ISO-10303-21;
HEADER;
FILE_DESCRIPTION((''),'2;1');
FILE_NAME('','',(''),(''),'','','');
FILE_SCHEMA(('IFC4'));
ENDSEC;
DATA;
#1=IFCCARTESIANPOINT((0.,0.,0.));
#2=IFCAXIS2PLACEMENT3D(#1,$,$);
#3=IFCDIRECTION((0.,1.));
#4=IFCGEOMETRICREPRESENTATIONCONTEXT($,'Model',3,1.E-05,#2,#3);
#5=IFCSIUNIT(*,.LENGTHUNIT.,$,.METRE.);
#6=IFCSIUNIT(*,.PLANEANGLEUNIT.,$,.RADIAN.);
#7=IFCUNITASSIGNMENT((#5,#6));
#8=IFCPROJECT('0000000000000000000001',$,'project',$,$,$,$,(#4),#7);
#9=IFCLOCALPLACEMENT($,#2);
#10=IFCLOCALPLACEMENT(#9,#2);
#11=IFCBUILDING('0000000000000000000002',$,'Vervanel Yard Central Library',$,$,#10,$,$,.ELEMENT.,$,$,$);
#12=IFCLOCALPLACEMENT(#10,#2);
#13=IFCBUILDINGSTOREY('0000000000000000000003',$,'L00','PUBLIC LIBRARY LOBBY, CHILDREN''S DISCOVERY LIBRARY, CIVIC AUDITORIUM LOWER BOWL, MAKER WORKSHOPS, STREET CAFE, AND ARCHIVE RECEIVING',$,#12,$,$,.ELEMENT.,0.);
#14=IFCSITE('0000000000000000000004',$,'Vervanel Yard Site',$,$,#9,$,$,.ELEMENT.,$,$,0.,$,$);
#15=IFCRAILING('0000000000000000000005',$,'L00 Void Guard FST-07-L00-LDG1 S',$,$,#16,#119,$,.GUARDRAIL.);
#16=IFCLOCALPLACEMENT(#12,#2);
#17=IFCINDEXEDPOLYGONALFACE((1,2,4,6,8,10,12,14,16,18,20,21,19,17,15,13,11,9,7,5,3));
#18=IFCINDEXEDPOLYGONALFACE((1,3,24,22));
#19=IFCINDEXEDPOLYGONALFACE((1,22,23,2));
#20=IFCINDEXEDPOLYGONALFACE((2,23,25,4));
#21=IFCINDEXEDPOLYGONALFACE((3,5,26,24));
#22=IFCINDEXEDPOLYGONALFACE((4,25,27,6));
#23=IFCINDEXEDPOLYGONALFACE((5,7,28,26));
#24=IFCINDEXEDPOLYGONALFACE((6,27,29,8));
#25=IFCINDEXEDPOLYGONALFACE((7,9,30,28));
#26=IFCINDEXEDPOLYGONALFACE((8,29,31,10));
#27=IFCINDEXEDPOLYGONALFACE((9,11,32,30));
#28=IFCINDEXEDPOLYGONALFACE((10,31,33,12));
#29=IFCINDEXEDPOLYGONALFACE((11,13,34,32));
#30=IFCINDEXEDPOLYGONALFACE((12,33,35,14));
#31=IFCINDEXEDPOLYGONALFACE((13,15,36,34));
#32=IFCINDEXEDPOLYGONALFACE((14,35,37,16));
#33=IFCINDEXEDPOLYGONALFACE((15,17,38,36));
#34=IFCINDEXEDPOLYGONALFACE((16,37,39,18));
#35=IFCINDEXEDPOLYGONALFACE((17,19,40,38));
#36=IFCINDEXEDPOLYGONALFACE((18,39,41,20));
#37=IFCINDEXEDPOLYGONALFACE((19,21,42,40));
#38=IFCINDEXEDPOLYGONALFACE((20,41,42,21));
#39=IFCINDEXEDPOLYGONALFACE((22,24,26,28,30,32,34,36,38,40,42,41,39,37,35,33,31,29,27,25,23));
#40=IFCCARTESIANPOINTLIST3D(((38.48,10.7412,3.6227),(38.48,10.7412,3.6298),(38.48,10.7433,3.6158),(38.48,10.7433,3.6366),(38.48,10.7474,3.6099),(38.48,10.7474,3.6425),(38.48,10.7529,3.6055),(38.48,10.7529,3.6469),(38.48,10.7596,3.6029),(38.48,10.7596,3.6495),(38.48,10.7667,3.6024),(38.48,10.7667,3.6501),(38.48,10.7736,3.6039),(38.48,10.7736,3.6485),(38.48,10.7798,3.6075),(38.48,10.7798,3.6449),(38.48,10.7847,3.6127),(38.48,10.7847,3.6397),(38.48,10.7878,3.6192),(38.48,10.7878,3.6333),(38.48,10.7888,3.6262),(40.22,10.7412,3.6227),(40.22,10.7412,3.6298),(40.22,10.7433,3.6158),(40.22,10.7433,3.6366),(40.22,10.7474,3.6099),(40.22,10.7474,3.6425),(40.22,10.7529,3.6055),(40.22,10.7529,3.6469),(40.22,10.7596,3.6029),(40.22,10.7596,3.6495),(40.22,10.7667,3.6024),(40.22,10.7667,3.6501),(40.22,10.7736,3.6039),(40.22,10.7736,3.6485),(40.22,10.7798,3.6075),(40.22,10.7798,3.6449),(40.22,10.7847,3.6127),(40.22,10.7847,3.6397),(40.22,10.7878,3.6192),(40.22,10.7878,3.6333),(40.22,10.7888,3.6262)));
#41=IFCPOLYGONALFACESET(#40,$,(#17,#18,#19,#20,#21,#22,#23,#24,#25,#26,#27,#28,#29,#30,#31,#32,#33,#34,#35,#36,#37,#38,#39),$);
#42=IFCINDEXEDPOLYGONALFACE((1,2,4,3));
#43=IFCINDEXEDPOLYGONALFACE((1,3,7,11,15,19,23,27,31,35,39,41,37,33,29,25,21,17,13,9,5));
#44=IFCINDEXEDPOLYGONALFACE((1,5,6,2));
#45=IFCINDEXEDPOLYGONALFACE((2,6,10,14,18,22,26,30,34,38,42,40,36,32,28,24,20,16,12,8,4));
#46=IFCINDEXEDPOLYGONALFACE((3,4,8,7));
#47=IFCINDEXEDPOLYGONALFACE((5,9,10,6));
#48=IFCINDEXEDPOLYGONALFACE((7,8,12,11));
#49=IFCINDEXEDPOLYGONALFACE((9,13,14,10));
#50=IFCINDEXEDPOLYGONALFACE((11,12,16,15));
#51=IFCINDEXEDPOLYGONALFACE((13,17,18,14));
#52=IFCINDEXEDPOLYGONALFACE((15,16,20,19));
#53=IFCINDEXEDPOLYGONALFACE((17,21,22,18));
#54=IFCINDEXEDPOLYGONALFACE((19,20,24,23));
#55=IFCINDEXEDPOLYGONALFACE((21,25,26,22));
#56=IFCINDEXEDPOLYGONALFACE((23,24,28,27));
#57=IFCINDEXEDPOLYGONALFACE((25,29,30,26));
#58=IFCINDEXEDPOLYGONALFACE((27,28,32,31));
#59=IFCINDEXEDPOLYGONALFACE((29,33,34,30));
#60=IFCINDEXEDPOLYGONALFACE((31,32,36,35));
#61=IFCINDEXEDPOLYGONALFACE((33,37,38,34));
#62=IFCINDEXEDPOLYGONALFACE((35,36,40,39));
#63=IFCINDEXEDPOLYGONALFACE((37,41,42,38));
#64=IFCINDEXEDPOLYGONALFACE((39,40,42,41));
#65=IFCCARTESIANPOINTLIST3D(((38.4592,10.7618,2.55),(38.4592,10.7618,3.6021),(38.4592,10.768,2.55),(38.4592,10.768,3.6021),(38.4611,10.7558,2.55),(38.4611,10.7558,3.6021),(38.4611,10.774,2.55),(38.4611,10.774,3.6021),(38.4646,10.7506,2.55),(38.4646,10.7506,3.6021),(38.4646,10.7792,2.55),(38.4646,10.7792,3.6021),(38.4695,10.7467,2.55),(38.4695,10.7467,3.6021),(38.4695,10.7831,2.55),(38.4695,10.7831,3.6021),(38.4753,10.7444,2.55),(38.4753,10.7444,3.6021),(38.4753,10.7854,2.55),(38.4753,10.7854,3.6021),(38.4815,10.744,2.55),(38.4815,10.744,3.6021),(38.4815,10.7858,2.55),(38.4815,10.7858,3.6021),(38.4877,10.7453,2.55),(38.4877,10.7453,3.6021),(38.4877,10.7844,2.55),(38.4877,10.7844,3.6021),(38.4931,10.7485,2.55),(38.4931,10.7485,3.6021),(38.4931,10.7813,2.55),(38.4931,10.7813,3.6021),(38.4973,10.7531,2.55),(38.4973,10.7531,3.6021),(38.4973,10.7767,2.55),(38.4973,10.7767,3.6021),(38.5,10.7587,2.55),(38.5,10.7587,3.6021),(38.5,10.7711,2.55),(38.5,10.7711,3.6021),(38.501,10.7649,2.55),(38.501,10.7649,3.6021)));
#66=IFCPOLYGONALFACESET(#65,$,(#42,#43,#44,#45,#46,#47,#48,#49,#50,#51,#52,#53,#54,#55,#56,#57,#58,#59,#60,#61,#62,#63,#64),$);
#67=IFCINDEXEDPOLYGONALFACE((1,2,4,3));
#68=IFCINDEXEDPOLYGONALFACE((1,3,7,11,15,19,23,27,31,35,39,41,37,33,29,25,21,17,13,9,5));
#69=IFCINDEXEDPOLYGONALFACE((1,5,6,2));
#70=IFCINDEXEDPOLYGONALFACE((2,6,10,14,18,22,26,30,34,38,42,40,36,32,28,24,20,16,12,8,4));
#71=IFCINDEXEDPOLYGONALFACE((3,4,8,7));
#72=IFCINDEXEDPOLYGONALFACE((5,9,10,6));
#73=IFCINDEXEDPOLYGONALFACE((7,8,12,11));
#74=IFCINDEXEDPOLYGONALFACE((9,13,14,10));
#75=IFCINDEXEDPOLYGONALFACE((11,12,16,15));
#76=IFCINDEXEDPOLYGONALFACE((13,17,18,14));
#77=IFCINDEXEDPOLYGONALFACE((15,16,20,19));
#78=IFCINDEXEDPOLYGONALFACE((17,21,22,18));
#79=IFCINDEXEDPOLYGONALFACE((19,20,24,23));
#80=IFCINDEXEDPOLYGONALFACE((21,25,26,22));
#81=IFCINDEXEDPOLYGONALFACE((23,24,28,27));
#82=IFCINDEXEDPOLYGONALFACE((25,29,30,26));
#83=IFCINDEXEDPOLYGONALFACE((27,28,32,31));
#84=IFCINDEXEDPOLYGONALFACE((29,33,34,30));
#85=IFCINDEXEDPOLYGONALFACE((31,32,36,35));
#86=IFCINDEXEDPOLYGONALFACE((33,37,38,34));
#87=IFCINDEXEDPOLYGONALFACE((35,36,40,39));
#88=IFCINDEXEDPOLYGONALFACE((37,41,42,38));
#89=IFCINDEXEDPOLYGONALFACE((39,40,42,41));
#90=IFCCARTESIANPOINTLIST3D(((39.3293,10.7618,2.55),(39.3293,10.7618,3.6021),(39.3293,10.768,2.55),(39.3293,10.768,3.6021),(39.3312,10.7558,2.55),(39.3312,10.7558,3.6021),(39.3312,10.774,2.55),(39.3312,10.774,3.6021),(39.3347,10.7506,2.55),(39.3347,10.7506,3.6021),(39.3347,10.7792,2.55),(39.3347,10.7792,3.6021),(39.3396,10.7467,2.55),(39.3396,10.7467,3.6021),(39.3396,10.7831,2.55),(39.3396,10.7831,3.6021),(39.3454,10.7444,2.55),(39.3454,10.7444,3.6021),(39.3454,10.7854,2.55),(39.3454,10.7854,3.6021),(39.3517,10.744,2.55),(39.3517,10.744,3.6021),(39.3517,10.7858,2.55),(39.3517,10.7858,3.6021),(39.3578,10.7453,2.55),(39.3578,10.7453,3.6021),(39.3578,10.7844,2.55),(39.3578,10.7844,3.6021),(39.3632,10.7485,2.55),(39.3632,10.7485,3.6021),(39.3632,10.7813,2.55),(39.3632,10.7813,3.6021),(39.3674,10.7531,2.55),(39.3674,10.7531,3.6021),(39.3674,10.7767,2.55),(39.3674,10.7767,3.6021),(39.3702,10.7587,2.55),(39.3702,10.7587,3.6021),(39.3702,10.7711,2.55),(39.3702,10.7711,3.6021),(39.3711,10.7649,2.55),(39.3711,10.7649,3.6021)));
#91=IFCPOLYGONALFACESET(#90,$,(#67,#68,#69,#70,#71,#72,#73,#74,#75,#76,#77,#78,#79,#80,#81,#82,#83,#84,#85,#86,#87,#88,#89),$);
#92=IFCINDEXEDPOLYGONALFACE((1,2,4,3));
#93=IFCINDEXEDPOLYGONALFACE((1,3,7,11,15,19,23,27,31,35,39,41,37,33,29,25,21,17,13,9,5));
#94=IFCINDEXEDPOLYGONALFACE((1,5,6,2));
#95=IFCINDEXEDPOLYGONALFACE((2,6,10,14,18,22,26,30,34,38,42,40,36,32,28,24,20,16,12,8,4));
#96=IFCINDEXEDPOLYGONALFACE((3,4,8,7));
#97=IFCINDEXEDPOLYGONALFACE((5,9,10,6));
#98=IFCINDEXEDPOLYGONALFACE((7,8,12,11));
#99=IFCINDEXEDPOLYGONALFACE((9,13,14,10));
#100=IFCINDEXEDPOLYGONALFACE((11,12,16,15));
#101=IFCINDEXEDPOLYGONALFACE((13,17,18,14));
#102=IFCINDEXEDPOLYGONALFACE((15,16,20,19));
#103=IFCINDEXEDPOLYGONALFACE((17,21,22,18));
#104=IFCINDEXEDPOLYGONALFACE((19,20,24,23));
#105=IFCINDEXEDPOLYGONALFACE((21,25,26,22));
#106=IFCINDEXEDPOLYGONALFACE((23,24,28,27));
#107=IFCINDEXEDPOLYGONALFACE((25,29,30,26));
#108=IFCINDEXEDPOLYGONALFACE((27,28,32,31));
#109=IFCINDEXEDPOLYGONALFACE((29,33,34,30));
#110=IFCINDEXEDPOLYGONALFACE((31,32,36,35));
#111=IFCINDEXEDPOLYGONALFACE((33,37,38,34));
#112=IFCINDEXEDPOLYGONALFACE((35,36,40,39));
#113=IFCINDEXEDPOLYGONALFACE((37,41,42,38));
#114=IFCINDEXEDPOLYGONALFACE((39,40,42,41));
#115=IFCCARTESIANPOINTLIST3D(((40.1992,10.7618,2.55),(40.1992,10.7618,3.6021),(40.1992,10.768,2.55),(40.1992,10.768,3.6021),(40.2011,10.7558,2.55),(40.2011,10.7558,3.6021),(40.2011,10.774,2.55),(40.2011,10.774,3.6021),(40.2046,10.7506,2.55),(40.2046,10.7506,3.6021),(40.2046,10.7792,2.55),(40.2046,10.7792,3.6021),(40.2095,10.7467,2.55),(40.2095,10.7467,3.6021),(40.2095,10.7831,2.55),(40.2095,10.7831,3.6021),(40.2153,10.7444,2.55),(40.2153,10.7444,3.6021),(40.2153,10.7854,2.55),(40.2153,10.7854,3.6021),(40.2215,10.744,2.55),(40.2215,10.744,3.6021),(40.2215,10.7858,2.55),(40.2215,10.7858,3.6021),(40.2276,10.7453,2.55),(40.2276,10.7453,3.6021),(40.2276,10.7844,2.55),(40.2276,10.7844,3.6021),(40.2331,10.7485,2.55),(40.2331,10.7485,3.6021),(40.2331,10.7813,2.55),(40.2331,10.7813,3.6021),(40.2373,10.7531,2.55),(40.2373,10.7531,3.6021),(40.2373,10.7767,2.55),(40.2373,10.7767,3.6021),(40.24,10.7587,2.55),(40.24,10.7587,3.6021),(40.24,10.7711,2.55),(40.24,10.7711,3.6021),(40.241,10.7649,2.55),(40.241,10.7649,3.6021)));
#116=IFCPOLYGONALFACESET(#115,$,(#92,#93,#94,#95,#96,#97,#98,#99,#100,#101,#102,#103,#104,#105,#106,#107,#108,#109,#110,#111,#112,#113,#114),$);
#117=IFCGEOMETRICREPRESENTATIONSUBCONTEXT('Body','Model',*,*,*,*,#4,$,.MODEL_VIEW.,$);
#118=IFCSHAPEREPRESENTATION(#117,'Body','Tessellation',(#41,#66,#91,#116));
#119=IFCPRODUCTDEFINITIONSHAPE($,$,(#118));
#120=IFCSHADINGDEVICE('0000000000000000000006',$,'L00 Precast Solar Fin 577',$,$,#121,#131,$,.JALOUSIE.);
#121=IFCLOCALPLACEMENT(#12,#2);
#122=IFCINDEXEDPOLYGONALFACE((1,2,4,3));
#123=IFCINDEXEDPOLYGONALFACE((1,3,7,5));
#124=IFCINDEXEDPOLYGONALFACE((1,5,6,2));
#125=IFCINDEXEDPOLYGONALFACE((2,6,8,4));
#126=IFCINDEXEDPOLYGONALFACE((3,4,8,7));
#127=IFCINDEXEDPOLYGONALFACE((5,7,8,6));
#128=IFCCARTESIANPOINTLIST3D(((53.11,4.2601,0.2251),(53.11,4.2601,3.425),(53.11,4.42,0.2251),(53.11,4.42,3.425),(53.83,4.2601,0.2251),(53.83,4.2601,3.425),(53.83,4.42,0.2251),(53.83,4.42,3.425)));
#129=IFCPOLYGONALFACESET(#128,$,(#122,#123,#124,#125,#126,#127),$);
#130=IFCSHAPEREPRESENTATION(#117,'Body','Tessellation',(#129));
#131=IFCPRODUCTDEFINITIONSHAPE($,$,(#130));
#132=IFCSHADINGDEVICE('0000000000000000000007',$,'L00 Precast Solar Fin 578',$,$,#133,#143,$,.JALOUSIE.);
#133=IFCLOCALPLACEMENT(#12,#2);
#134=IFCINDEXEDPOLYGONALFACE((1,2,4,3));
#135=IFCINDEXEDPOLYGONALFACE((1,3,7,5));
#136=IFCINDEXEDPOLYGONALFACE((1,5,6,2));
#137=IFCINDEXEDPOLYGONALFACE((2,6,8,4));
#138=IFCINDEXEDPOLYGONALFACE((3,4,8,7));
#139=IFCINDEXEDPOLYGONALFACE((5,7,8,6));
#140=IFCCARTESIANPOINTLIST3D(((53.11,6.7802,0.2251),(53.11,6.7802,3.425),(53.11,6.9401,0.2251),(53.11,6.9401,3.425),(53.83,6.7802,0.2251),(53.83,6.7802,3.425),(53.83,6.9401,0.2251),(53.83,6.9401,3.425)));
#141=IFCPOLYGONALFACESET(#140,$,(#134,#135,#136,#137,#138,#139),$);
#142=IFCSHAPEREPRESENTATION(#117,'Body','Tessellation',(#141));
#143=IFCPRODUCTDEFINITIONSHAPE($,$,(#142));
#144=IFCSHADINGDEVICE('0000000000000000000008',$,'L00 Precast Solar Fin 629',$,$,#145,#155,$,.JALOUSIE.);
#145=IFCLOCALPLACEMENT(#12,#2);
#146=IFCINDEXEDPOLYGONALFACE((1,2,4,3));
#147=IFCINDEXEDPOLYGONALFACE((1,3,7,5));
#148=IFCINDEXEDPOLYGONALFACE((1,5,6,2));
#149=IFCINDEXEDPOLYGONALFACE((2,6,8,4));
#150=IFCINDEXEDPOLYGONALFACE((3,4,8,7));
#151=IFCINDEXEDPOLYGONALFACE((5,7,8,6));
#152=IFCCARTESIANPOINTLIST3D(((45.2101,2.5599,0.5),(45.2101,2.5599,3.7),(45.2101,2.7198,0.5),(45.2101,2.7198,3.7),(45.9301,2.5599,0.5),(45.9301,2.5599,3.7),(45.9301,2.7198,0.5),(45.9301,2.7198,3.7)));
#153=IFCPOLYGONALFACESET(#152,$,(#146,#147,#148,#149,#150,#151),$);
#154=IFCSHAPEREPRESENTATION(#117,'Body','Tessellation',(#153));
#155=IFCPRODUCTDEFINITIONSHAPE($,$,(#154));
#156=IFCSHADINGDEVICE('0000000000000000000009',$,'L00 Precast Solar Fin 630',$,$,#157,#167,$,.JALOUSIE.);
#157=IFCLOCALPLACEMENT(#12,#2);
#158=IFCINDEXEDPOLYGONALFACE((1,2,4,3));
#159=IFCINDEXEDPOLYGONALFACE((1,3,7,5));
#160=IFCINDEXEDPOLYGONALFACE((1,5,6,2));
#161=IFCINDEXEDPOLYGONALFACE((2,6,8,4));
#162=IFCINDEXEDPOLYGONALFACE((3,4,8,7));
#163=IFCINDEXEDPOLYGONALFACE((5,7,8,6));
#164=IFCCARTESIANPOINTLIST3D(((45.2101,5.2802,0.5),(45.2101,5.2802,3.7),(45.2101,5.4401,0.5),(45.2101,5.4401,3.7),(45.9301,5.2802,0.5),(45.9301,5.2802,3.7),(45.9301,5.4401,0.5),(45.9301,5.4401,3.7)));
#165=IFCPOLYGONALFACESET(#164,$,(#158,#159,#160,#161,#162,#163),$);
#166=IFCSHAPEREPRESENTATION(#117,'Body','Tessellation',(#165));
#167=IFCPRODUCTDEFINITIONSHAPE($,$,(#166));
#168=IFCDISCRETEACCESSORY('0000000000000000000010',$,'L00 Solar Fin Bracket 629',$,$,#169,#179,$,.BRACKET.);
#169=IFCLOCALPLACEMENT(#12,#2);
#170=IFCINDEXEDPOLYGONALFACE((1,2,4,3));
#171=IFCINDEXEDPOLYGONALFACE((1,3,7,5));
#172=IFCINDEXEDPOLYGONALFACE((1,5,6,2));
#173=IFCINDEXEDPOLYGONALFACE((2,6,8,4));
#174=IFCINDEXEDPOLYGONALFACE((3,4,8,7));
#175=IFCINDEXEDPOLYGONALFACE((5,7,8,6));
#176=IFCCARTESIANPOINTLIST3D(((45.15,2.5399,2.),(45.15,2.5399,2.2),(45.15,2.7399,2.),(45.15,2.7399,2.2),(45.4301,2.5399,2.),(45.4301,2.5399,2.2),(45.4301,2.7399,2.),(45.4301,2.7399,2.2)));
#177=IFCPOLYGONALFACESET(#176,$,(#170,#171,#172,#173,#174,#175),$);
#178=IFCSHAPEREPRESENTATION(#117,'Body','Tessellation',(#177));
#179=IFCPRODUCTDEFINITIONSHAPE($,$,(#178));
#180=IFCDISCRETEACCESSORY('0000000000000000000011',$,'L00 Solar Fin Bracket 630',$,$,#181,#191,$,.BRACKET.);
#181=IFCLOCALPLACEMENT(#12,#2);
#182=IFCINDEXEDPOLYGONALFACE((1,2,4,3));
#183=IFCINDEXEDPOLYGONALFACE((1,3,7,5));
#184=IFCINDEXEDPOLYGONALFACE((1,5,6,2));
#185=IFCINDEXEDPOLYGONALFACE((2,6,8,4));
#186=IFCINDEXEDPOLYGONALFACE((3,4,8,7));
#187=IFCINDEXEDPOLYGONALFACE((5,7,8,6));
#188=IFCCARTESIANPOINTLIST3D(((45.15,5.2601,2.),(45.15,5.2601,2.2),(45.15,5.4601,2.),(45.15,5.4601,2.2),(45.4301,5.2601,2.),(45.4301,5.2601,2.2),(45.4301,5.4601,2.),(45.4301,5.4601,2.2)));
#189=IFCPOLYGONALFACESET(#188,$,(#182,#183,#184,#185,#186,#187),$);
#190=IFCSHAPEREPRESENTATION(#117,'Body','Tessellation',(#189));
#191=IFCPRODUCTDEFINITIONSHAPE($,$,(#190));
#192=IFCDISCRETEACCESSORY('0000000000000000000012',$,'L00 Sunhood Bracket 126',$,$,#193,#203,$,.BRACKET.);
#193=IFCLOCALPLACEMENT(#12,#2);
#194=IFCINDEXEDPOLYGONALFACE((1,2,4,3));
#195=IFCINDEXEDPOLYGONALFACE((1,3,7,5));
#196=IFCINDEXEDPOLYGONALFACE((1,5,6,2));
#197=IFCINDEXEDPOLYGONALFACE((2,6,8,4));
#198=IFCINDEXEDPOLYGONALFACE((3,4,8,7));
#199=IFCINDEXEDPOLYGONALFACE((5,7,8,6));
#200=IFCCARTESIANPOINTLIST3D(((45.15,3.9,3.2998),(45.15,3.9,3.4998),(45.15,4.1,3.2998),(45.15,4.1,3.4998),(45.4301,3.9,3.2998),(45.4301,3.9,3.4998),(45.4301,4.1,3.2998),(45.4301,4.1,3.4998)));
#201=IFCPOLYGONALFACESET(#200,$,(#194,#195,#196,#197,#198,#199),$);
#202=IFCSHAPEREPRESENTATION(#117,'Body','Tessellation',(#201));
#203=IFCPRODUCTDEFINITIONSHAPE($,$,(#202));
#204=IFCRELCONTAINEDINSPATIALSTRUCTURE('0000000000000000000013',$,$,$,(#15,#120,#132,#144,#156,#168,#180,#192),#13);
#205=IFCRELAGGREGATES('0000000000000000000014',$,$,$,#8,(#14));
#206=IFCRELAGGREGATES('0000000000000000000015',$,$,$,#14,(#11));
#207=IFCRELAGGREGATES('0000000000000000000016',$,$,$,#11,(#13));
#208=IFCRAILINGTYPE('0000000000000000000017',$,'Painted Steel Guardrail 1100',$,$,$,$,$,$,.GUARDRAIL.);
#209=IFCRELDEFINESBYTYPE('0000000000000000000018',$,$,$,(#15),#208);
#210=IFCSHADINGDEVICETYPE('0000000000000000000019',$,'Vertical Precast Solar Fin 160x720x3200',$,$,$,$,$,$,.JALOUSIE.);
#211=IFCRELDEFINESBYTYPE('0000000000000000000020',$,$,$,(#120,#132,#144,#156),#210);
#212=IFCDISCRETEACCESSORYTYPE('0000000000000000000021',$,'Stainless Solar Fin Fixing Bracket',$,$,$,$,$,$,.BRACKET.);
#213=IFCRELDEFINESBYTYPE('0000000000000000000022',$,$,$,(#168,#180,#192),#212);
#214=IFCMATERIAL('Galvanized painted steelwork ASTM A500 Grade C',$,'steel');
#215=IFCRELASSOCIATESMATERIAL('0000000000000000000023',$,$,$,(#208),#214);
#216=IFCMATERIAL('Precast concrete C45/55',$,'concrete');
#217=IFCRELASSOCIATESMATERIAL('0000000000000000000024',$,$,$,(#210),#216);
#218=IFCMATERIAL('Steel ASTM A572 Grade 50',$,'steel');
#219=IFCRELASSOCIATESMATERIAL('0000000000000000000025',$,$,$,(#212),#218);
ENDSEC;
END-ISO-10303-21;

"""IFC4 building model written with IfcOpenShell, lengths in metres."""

from ifc_helpers import new_model, si_unit, direction, frame, origin, origin_2d, place, context, subcontext, project, spatial, rectangle, circle, extrude, material, type_object, element, save


model = new_model("IFC4")

# Units and contexts
model_context = context("Model", 3, precision=1e-05, world=origin(), true_north=direction((0.0, 1.0)))
body_context = subcontext(model_context, "Body", "Model", "MODEL_VIEW")
ifc_project = project(units=[si_unit("LENGTHUNIT", "METRE"), si_unit("PLANEANGLEUNIT", "RADIAN")], contexts=[model_context])

# Site, building, storey
site_placement = place(None, origin())
site = spatial("IfcSite", under=ifc_project, at=site_placement, Name="Vervanel Yard Site", CompositionType="ELEMENT", RefElevation=0.0)
building_placement = place(site_placement, origin())
building = spatial("IfcBuilding", under=site, at=building_placement, Name="Vervanel Yard Central Library", CompositionType="ELEMENT")
storey_placement = place(building_placement, origin())
storey = spatial("IfcBuildingStorey", under=building, at=storey_placement, Name="L00", Description="PUBLIC LIBRARY LOBBY, CHILDREN'S DISCOVERY LIBRARY, CIVIC AUDITORIUM LOWER BOWL, MAKER WORKSHOPS, STREET CAFE, AND ARCHIVE RECEIVING", CompositionType="ELEMENT", Elevation=0.0)

# Shared definitions
ifc_material_1 = material(Name="Precast concrete C45/55", Category="concrete")

# Railing
ifc_material_2 = material(Name="Galvanized painted steelwork ASTM A500 Grade C", Category="steel")
railing_type = type_object("IfcRailingType", Name="Painted Steel Guardrail 1100", PredefinedType="GUARDRAIL", material=ifc_material_2)
railing_1_placement = place(storey_placement, frame((38.48, 10.7649, 2.55)))
element("IfcRailing", 1, at=railing_1_placement, inside=storey, type_object=railing_type, Name="L00 Void Guard FST-07-L00-LDG1 S", PredefinedType="GUARDRAIL", context=body_context, shape_type="SweptSolid", body=[
    extrude(circle(Radius=0.0239, at=origin_2d()), frame((0.0, 0.0, 1.0762), z_axis=(1.0, 0.0, 0.0), x_axis=(0.0, 1.0, 0.0)), (0.0, 0.0, 1.0), 1.74),
    extrude(circle(Radius=0.021, at=origin_2d()), origin(), (0.0, 0.0, 1.0), 1.052),
    extrude(circle(Radius=0.021, at=origin_2d()), frame((0.8701, 0.0, 0.0)), (0.0, 0.0, 1.0), 1.052),
    extrude(circle(Radius=0.021, at=origin_2d()), frame((1.74, 0.0, 0.0)), (0.0, 0.0, 1.0), 1.052),
])

# Shading devices
shading_device_type_1 = type_object("IfcShadingDeviceType", Name="Vertical Precast Solar Fin 160x720x3200", PredefinedType="JALOUSIE", material=ifc_material_1)
for number, where, z_axis, x_axis, name in (
    (2, (53.47, 4.3401, 0.2251), (0.0, 0.0, 1.0), (0.0, 1.0, 0.0), "L00 Precast Solar Fin 577"),
    (3, (53.47, 6.8601, 0.2251), (0.0, 0.0, 1.0), (0.0, 1.0, 0.0), "L00 Precast Solar Fin 578"),
    (4, (45.5701, 2.6399, 0.5), (0.0, 0.0, 1.0), (0.0, 1.0, 0.0), "L00 Precast Solar Fin 629"),
    (5, (45.5701, 5.3601, 0.5), (0.0, 0.0, 1.0), (0.0, 1.0, 0.0), "L00 Precast Solar Fin 630"),
):
    element("IfcShadingDevice", number, at=place(storey_placement, frame(where, z_axis=z_axis, x_axis=x_axis)), inside=storey, type_object=shading_device_type_1, Name=name, PredefinedType="JALOUSIE", context=body_context, shape_type="SweptSolid", body=[
        extrude(rectangle(XDim=0.1599, YDim=0.72, at=origin_2d()), origin(), (0.0, 0.0, 1.0), 3.2),
    ])

# Discrete accessories
ifc_material_3 = material(Name="Steel ASTM A572 Grade 50", Category="steel")
discrete_accessory_type = type_object("IfcDiscreteAccessoryType", Name="Stainless Solar Fin Fixing Bracket", PredefinedType="BRACKET", material=ifc_material_3)
for number, where, z_axis, x_axis, name in (
    (6, (45.29, 2.6399, 2.0), (0.0, 0.0, 1.0), (0.0, 1.0, 0.0), "L00 Solar Fin Bracket 629"),
    (7, (45.29, 5.3601, 2.0), (0.0, 0.0, 1.0), (0.0, 1.0, 0.0), "L00 Solar Fin Bracket 630"),
    (8, (45.29, 4.0, 3.2998), (0.0, 0.0, 1.0), (0.0, 1.0, 0.0), "L00 Sunhood Bracket 126"),
):
    element("IfcDiscreteAccessory", number, at=place(storey_placement, frame(where, z_axis=z_axis, x_axis=x_axis)), inside=storey, type_object=discrete_accessory_type, Name=name, PredefinedType="BRACKET", context=body_context, shape_type="SweptSolid", body=[
        extrude(rectangle(XDim=0.2, YDim=0.28, at=origin_2d()), origin(), (0.0, 0.0, 1.0), 0.2),
    ])

save(model, "model.ifc")
